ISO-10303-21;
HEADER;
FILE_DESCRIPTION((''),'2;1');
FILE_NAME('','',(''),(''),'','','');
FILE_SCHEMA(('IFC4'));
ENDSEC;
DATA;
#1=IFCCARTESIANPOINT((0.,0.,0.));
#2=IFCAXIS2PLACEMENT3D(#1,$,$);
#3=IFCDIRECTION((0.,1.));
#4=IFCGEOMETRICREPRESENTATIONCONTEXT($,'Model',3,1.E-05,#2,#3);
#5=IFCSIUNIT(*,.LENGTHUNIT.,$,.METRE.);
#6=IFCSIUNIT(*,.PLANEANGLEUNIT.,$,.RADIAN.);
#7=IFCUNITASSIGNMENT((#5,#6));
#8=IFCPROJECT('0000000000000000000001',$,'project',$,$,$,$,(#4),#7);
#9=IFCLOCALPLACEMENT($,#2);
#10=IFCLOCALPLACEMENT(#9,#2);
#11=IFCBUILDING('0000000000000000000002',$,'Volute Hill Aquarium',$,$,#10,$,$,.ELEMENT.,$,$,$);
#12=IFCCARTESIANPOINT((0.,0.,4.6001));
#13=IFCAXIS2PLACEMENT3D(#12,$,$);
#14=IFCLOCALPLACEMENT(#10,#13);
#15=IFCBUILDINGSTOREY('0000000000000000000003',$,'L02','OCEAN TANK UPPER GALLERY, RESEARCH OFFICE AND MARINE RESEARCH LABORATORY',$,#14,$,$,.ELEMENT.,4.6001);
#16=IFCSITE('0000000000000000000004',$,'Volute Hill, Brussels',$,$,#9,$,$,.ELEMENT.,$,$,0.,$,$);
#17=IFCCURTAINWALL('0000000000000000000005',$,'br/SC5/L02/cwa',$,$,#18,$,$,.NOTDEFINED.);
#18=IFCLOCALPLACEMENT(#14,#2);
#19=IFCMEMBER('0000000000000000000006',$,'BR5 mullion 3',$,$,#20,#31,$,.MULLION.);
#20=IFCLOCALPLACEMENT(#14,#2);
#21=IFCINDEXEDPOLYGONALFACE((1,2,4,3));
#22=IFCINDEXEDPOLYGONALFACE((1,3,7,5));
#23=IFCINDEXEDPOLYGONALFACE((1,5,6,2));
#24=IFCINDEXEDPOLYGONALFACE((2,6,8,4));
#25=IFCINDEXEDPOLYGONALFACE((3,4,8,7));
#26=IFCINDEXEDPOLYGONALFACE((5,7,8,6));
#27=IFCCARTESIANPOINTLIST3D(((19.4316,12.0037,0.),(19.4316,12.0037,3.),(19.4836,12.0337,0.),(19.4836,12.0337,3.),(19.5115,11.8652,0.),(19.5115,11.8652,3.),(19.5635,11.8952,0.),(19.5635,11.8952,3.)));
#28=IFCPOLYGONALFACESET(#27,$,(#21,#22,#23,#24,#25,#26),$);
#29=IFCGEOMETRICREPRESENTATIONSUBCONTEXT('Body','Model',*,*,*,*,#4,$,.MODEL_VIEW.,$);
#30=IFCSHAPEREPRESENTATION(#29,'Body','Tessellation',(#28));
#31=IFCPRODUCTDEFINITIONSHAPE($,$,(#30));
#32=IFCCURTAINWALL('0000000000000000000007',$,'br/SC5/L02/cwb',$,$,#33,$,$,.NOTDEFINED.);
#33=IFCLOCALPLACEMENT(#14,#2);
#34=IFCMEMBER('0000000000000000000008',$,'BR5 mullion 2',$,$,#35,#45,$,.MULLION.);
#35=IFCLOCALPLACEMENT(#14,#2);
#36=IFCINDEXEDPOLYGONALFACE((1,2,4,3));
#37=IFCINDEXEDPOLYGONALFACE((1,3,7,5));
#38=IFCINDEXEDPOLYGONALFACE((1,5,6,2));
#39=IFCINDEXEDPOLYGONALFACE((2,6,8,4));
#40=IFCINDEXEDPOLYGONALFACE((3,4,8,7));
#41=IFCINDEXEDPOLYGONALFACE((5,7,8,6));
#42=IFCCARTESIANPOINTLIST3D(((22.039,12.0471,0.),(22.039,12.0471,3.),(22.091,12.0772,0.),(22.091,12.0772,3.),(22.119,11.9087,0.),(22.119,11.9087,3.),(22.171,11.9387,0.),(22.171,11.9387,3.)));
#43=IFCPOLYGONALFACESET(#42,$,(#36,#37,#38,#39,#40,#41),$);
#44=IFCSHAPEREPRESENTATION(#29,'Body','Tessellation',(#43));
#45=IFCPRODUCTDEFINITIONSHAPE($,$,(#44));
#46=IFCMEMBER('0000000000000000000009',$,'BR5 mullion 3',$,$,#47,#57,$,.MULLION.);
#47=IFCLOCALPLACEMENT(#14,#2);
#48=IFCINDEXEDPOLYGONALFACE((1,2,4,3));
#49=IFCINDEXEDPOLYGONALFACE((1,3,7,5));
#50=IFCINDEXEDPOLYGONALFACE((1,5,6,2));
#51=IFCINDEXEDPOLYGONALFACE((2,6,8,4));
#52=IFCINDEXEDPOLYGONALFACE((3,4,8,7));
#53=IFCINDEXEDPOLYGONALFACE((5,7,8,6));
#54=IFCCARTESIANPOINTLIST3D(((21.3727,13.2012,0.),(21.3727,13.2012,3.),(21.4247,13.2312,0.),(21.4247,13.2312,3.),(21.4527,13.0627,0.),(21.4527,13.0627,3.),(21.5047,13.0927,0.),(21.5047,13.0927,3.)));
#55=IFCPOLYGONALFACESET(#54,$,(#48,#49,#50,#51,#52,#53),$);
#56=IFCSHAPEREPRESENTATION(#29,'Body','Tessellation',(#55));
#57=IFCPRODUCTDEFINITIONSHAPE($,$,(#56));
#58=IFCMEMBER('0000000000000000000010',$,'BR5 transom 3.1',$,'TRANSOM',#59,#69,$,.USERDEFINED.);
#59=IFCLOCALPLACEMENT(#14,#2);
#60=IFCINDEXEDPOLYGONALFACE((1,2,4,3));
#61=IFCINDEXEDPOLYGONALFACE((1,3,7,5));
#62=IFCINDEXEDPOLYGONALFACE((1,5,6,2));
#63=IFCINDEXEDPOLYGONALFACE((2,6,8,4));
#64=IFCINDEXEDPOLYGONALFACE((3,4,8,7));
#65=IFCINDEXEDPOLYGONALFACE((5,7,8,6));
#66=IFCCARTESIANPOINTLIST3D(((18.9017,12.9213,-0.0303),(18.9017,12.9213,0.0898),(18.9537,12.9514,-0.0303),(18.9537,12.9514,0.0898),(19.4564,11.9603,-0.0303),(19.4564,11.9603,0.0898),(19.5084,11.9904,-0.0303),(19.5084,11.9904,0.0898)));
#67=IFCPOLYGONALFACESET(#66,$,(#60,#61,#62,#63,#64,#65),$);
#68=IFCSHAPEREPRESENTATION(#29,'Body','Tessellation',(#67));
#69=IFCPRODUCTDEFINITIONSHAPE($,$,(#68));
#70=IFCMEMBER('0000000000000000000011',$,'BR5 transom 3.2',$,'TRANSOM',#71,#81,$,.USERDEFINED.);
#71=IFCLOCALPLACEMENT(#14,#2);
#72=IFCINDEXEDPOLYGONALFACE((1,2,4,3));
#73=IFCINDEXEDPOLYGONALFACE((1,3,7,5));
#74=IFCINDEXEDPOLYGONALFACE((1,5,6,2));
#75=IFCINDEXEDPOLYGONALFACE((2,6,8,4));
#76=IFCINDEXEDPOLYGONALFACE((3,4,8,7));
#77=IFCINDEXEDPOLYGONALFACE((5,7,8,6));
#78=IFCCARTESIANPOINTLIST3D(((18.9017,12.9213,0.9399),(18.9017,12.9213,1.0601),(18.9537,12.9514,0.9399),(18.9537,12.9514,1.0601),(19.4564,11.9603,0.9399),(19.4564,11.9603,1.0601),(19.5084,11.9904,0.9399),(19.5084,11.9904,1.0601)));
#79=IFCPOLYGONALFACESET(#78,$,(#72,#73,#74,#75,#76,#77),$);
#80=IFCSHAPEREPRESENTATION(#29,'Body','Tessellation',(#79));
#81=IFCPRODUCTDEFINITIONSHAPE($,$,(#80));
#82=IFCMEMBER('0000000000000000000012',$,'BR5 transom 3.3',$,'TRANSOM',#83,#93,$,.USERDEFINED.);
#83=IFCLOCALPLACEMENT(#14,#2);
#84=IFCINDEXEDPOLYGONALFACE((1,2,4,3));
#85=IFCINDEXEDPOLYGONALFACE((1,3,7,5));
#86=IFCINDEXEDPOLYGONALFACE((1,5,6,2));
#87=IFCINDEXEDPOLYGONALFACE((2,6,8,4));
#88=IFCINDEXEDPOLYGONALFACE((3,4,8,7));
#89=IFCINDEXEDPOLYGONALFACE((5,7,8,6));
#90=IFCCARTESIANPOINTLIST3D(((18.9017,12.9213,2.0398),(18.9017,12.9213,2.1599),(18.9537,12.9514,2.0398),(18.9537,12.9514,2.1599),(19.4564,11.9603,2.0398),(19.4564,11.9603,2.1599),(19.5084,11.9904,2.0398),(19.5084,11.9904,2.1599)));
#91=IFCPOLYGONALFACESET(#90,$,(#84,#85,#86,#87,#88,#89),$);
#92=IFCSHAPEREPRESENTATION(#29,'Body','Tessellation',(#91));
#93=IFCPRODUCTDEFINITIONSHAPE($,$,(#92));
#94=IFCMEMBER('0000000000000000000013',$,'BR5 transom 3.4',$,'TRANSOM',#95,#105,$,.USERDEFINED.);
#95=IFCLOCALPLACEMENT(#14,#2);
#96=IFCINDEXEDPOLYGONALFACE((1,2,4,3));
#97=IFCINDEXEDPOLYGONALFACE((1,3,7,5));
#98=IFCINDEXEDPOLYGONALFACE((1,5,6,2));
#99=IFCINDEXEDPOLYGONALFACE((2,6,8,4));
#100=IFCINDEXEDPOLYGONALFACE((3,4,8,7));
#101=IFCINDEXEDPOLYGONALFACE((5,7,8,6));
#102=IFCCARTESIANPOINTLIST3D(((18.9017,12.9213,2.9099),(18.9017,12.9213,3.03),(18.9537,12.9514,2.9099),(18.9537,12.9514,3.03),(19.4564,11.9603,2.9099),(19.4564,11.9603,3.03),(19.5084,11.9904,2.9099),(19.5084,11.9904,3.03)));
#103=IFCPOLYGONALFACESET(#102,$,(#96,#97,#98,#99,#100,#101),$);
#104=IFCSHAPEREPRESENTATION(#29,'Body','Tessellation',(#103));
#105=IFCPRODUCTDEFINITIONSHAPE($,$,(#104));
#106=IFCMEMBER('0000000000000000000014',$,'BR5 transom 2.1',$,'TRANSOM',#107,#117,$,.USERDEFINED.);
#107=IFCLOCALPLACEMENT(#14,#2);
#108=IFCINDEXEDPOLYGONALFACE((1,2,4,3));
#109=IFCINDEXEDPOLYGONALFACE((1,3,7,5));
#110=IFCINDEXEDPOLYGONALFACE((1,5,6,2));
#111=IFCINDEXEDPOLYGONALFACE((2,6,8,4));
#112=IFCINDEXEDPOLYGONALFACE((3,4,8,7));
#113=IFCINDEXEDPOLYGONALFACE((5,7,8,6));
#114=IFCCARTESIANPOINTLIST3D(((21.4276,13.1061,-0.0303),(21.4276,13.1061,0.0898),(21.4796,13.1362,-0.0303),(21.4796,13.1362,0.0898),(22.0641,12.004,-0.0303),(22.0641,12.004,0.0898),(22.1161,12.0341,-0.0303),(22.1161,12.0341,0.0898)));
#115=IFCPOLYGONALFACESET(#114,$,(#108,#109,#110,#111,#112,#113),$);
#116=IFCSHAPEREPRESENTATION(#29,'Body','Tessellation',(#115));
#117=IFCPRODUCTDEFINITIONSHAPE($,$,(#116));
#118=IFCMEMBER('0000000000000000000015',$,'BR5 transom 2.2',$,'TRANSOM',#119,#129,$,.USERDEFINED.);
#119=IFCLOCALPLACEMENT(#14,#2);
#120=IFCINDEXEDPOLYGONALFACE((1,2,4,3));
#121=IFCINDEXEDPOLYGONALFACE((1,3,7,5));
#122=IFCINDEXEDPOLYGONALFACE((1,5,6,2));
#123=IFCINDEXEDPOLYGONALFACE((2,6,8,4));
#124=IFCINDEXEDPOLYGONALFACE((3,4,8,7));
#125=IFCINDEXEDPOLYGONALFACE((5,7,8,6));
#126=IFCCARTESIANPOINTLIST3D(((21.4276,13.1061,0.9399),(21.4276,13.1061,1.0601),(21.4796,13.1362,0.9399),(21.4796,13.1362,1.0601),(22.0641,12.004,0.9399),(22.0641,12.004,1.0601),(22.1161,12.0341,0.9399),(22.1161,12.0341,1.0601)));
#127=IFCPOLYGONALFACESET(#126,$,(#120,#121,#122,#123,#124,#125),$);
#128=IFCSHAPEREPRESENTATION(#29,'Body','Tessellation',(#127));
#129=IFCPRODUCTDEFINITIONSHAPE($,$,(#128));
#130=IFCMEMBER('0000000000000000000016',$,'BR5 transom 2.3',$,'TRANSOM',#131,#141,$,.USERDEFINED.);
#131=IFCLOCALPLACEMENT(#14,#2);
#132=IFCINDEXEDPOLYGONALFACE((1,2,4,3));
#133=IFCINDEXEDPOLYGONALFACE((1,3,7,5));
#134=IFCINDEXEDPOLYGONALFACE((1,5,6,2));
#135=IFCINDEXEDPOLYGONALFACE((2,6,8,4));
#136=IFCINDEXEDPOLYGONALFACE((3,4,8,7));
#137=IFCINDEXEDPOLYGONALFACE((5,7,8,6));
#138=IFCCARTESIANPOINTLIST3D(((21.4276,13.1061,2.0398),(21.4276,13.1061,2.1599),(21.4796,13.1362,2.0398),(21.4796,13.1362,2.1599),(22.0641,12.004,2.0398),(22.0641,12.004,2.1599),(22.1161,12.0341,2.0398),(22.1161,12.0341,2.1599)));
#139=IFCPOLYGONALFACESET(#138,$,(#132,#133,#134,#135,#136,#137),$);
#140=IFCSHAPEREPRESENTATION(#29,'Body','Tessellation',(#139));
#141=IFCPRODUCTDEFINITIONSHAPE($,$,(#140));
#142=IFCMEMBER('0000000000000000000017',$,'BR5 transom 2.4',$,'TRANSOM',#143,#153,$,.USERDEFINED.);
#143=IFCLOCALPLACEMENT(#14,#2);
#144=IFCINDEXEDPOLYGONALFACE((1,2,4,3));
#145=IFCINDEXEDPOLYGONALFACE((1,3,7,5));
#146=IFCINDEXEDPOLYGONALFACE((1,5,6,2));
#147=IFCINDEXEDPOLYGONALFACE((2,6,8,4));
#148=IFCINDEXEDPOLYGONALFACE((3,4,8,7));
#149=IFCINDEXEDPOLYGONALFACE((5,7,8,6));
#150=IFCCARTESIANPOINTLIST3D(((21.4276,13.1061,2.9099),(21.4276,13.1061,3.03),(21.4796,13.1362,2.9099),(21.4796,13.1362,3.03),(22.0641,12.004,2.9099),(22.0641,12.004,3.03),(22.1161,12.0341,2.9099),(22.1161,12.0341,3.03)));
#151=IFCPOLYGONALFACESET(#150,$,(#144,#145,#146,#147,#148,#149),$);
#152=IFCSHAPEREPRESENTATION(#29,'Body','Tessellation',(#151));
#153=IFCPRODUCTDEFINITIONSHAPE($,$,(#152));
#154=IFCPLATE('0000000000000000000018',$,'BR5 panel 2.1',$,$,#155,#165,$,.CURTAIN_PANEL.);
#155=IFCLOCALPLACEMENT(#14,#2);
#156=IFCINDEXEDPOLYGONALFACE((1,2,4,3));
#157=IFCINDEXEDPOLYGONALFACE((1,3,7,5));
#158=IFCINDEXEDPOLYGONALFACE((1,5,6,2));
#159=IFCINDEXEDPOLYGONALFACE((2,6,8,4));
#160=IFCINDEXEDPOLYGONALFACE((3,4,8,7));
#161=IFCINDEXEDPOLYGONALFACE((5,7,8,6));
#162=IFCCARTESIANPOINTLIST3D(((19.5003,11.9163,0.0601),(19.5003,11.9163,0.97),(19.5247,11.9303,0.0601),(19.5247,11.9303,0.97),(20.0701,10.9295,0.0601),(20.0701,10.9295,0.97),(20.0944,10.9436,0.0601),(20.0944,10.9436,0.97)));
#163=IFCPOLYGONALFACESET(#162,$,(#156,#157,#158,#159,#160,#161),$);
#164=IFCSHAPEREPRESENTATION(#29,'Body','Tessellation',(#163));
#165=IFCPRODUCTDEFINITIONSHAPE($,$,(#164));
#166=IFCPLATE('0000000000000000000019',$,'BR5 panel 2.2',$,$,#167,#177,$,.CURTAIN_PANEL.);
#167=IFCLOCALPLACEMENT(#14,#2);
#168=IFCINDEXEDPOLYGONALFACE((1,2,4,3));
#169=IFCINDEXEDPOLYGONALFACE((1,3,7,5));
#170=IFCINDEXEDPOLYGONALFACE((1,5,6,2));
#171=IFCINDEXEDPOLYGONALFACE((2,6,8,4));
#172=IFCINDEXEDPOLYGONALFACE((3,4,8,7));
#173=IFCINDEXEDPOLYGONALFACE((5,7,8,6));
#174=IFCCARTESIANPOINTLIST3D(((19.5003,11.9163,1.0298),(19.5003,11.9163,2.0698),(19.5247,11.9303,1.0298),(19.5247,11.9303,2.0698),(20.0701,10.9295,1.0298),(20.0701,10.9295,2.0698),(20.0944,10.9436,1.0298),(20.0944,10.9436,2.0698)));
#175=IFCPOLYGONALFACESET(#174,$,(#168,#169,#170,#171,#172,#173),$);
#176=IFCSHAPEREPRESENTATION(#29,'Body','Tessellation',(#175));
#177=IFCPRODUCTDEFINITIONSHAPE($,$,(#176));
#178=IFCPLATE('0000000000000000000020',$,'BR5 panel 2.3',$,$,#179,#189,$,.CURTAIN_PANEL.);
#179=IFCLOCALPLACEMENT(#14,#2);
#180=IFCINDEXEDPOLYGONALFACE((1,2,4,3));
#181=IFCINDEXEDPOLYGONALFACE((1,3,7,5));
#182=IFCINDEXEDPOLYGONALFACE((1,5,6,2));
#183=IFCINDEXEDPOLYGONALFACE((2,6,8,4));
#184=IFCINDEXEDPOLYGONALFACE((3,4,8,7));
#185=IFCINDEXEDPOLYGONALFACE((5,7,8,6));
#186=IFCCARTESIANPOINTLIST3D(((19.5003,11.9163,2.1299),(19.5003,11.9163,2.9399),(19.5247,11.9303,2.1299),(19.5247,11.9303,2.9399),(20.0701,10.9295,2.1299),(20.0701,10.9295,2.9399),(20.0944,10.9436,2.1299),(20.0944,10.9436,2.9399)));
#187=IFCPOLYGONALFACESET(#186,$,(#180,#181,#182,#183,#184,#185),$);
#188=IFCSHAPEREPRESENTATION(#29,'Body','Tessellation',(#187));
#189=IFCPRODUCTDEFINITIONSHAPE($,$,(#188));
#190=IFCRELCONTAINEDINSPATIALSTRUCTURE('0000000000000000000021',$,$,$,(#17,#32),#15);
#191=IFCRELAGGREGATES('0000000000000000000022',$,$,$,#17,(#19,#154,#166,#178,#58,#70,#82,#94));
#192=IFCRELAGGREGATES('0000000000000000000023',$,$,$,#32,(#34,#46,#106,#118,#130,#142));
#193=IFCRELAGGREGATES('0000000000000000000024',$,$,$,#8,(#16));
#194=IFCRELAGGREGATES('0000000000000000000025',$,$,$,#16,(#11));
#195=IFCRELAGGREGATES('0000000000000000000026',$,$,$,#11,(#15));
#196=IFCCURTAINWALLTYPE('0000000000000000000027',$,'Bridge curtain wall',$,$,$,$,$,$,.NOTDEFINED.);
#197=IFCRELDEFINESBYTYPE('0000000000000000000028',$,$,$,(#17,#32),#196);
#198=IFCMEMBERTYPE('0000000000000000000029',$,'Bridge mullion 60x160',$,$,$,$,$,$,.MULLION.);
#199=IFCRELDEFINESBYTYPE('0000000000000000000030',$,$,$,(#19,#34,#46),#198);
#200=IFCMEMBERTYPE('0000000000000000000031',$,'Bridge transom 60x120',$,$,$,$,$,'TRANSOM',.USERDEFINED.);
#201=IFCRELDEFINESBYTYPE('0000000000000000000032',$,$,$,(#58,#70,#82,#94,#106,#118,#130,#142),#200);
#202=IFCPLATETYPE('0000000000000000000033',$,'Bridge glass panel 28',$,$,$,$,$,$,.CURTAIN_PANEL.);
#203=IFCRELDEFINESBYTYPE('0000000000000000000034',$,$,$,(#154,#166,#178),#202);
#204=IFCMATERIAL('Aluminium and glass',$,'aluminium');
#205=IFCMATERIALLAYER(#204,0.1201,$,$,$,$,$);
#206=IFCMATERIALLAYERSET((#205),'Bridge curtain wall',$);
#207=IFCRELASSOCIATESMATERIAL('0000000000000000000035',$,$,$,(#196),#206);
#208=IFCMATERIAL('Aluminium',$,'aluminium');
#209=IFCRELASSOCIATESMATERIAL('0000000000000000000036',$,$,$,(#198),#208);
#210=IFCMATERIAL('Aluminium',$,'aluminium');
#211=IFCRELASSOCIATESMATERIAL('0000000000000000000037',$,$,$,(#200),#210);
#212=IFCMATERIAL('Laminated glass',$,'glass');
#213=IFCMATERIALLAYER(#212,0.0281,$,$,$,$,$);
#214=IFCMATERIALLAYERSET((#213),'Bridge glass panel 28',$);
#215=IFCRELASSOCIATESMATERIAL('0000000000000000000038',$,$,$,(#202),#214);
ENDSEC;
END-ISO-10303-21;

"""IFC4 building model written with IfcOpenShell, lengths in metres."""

from ifc_helpers import new_model, si_unit, direction, frame, origin, origin_2d, place, context, subcontext, project, spatial, rectangle, extrude, material, layer, layer_set, material_profile, profile_set, type_object, element, aggregate, save


model = new_model("IFC4")

# Units and contexts
model_context = context("Model", 3, precision=1e-05, world=origin(), true_north=direction((0.0, 1.0)))
body_context = subcontext(model_context, "Body", "Model", "MODEL_VIEW")
ifc_project = project(units=[si_unit("LENGTHUNIT", "METRE"), si_unit("PLANEANGLEUNIT", "RADIAN")], contexts=[model_context])

# Site, building, storey
site_placement = place(None, origin())
site = spatial("IfcSite", under=ifc_project, at=site_placement, Name="Volute Hill, Brussels", CompositionType="ELEMENT", RefElevation=0.0)
building_placement = place(site_placement, origin())
building = spatial("IfcBuilding", under=site, at=building_placement, Name="Volute Hill Aquarium", CompositionType="ELEMENT")
storey_placement = place(building_placement, frame((0.0, 0.0, 4.6001)))
storey = spatial("IfcBuildingStorey", under=building, at=storey_placement, Name="L02", Description="OCEAN TANK UPPER GALLERY, RESEARCH OFFICE AND MARINE RESEARCH LABORATORY", CompositionType="ELEMENT", Elevation=4.6001)

# Curtain wall, member
ifc_material_1 = material(Name="Aluminium and glass", Category="aluminium")
ifc_layer_1 = layer(ifc_material_1, 0.1201)
ifc_layer_set_1 = layer_set([ifc_layer_1], Name="Bridge curtain wall")
curtain_wall_type = type_object("IfcCurtainWallType", Name="Bridge curtain wall", PredefinedType="NOTDEFINED", material=ifc_layer_set_1)
curtain_wall_1_placement = place(storey_placement, origin())
curtain_wall_1 = element("IfcCurtainWall", 1, at=curtain_wall_1_placement, inside=storey, type_object=curtain_wall_type, Name="br/SC5/L02/cwa", PredefinedType="NOTDEFINED")
ifc_material_2 = material(Name="Aluminium", Category="aluminium")
ifc_material_profile_1 = material_profile(ifc_material_2, rectangle(XDim=0.0601, YDim=0.1599, at=origin_2d()), Name="Aluminium mullion 60x160")
ifc_profile_set_1 = profile_set([ifc_material_profile_1], Name="Aluminium")
member_type_1 = type_object("IfcMemberType", Name="Bridge mullion 60x160", PredefinedType="MULLION", material=ifc_profile_set_1)
member_1_placement = place(storey_placement, frame((19.4976, 11.9495, 0.0), z_axis=(0.0, 0.0, 1.0), x_axis=(-0.86602, -0.50001, 0.0)))
member_1 = element("IfcMember", 2, at=member_1_placement, type_object=member_type_1, Name="BR5 mullion 3", PredefinedType="MULLION", context=body_context, shape_type="SweptSolid", body=[
    extrude(rectangle(XDim=0.0601, YDim=0.1599, at=origin_2d()), origin(), (0.0, 0.0, 1.0), 3.0),
])

# Curtain wall, members
curtain_wall_2_placement = place(storey_placement, origin())
curtain_wall_2 = element("IfcCurtainWall", 3, at=curtain_wall_2_placement, inside=storey, type_object=curtain_wall_type, Name="br/SC5/L02/cwb", PredefinedType="NOTDEFINED")
member_2_placement = place(storey_placement, frame((22.105, 11.9929, 0.0), z_axis=(0.0, 0.0, 1.0), x_axis=(-0.866022, -0.500005, 0.0)))
member_2 = element("IfcMember", 4, at=member_2_placement, type_object=member_type_1, Name="BR5 mullion 2", PredefinedType="MULLION", context=body_context, shape_type="SweptSolid", body=[
    extrude(rectangle(XDim=0.0601, YDim=0.1599, at=origin_2d()), origin(), (0.0, 0.0, 1.0), 3.0),
])
member_3_placement = place(storey_placement, frame((21.4387, 13.147, 0.0), z_axis=(0.0, 0.0, 1.0), x_axis=(-0.866022, -0.500005, 0.0)))
member_3 = element("IfcMember", 5, at=member_3_placement, type_object=member_type_1, Name="BR5 mullion 3", PredefinedType="MULLION", context=body_context, shape_type="SweptSolid", body=[
    extrude(rectangle(XDim=0.0601, YDim=0.1599, at=origin_2d()), origin(), (0.0, 0.0, 1.0), 3.0),
])

# Members
ifc_material_3 = material(Name="Aluminium", Category="aluminium")
ifc_material_profile_2 = material_profile(ifc_material_3, rectangle(XDim=0.0601, YDim=0.1201, at=origin_2d()), Name="Aluminium transom 60x120")
ifc_profile_set_2 = profile_set([ifc_material_profile_2], Name="Aluminium")
member_type_2 = type_object("IfcMemberType", Name="Bridge transom 60x120", ElementType="TRANSOM", PredefinedType="USERDEFINED", material=ifc_profile_set_2)
member_4_placement = place(storey_placement, frame((19.4824, 11.9753, 0.0298), z_axis=(-0.499926, 0.866068, 0.0), x_axis=(-0.866068, -0.499926, 0.0)))
member_4 = element("IfcMember", 6, at=member_4_placement, type_object=member_type_2, Name="BR5 transom 3.1", ObjectType="TRANSOM", PredefinedType="USERDEFINED", context=body_context, shape_type="SweptSolid", body=[
    extrude(rectangle(XDim=0.0601, YDim=0.1201, at=origin_2d()), origin(), (0.0, 0.0, 1.0), 1.1096),
])
member_5_placement = place(storey_placement, frame((19.4824, 11.9753, 1.0), z_axis=(-0.499926, 0.866068, 0.0), x_axis=(-0.866068, -0.499926, 0.0)))
member_5 = element("IfcMember", 7, at=member_5_placement, type_object=member_type_2, Name="BR5 transom 3.2", ObjectType="TRANSOM", PredefinedType="USERDEFINED", context=body_context, shape_type="SweptSolid", body=[
    extrude(rectangle(XDim=0.0601, YDim=0.1201, at=origin_2d()), origin(), (0.0, 0.0, 1.0), 1.1096),
])
member_6_placement = place(storey_placement, frame((19.4824, 11.9753, 2.0999), z_axis=(-0.499926, 0.866068, 0.0), x_axis=(-0.866068, -0.499926, 0.0)))
member_6 = element("IfcMember", 8, at=member_6_placement, type_object=member_type_2, Name="BR5 transom 3.3", ObjectType="TRANSOM", PredefinedType="USERDEFINED", context=body_context, shape_type="SweptSolid", body=[
    extrude(rectangle(XDim=0.0601, YDim=0.1201, at=origin_2d()), origin(), (0.0, 0.0, 1.0), 1.1096),
])
member_7_placement = place(storey_placement, frame((19.4824, 11.9753, 2.97), z_axis=(-0.499926, 0.866068, 0.0), x_axis=(-0.866068, -0.499926, 0.0)))
member_7 = element("IfcMember", 9, at=member_7_placement, type_object=member_type_2, Name="BR5 transom 3.4", ObjectType="TRANSOM", PredefinedType="USERDEFINED", context=body_context, shape_type="SweptSolid", body=[
    extrude(rectangle(XDim=0.0601, YDim=0.1201, at=origin_2d()), origin(), (0.0, 0.0, 1.0), 1.1096),
])
member_8_placement = place(storey_placement, frame((22.0901, 12.019, 0.0298), z_axis=(-0.500121, 0.865956, 0.0), x_axis=(-0.865956, -0.500121, 0.0)))
member_8 = element("IfcMember", 10, at=member_8_placement, type_object=member_type_2, Name="BR5 transom 2.1", ObjectType="TRANSOM", PredefinedType="USERDEFINED", context=body_context, shape_type="SweptSolid", body=[
    extrude(rectangle(XDim=0.0601, YDim=0.1201, at=origin_2d()), origin(), (0.0, 0.0, 1.0), 1.2727),
])
member_9_placement = place(storey_placement, frame((22.0901, 12.019, 1.0), z_axis=(-0.500121, 0.865956, 0.0), x_axis=(-0.865956, -0.500121, 0.0)))
member_9 = element("IfcMember", 11, at=member_9_placement, type_object=member_type_2, Name="BR5 transom 2.2", ObjectType="TRANSOM", PredefinedType="USERDEFINED", context=body_context, shape_type="SweptSolid", body=[
    extrude(rectangle(XDim=0.0601, YDim=0.1201, at=origin_2d()), origin(), (0.0, 0.0, 1.0), 1.2727),
])
member_10_placement = place(storey_placement, frame((22.0901, 12.019, 2.0999), z_axis=(-0.500121, 0.865956, 0.0), x_axis=(-0.865956, -0.500121, 0.0)))
member_10 = element("IfcMember", 12, at=member_10_placement, type_object=member_type_2, Name="BR5 transom 2.3", ObjectType="TRANSOM", PredefinedType="USERDEFINED", context=body_context, shape_type="SweptSolid", body=[
    extrude(rectangle(XDim=0.0601, YDim=0.1201, at=origin_2d()), origin(), (0.0, 0.0, 1.0), 1.2727),
])
member_11_placement = place(storey_placement, frame((22.0901, 12.019, 2.97), z_axis=(-0.500121, 0.865956, 0.0), x_axis=(-0.865956, -0.500121, 0.0)))
member_11 = element("IfcMember", 13, at=member_11_placement, type_object=member_type_2, Name="BR5 transom 2.4", ObjectType="TRANSOM", PredefinedType="USERDEFINED", context=body_context, shape_type="SweptSolid", body=[
    extrude(rectangle(XDim=0.0601, YDim=0.1201, at=origin_2d()), origin(), (0.0, 0.0, 1.0), 1.2727),
])

# Plates
ifc_material_4 = material(Name="Laminated glass", Category="glass")
ifc_layer_2 = layer(ifc_material_4, 0.0281)
ifc_layer_set_2 = layer_set([ifc_layer_2], Name="Bridge glass panel 28")
plate_type = type_object("IfcPlateType", Name="Bridge glass panel 28", PredefinedType="CURTAIN_PANEL", material=ifc_layer_set_2)
plate_1_placement = place(storey_placement, frame((19.7974, 11.4299, 0.0601), z_axis=(0.0, 0.0, 1.0), x_axis=(-0.50001, 0.86602, 0.0)))
plate_1 = element("IfcPlate", 14, at=plate_1_placement, type_object=plate_type, Name="BR5 panel 2.1", PredefinedType="CURTAIN_PANEL", context=body_context, shape_type="SweptSolid", body=[
    extrude(rectangle(XDim=1.1394, YDim=0.0281, at=origin_2d()), origin(), (0.0, 0.0, 1.0), 0.9099),
])
plate_2_placement = place(storey_placement, frame((19.7974, 11.4299, 1.0298), z_axis=(0.0, 0.0, 1.0), x_axis=(-0.50001, 0.86602, 0.0)))
plate_2 = element("IfcPlate", 15, at=plate_2_placement, type_object=plate_type, Name="BR5 panel 2.2", PredefinedType="CURTAIN_PANEL", context=body_context, shape_type="SweptSolid", body=[
    extrude(rectangle(XDim=1.1394, YDim=0.0281, at=origin_2d()), origin(), (0.0, 0.0, 1.0), 1.04),
])
plate_3_placement = place(storey_placement, frame((19.7974, 11.4299, 2.1299), z_axis=(0.0, 0.0, 1.0), x_axis=(-0.50001, 0.86602, 0.0)))
plate_3 = element("IfcPlate", 16, at=plate_3_placement, type_object=plate_type, Name="BR5 panel 2.3", PredefinedType="CURTAIN_PANEL", context=body_context, shape_type="SweptSolid", body=[
    extrude(rectangle(XDim=1.1394, YDim=0.0281, at=origin_2d()), origin(), (0.0, 0.0, 1.0), 0.8101),
])
aggregate(curtain_wall_1, [member_1, plate_1, plate_2, plate_3, member_4, member_5, member_6, member_7])
aggregate(curtain_wall_2, [member_2, member_3, member_8, member_9, member_10, member_11])

save(model, "model.ifc")
